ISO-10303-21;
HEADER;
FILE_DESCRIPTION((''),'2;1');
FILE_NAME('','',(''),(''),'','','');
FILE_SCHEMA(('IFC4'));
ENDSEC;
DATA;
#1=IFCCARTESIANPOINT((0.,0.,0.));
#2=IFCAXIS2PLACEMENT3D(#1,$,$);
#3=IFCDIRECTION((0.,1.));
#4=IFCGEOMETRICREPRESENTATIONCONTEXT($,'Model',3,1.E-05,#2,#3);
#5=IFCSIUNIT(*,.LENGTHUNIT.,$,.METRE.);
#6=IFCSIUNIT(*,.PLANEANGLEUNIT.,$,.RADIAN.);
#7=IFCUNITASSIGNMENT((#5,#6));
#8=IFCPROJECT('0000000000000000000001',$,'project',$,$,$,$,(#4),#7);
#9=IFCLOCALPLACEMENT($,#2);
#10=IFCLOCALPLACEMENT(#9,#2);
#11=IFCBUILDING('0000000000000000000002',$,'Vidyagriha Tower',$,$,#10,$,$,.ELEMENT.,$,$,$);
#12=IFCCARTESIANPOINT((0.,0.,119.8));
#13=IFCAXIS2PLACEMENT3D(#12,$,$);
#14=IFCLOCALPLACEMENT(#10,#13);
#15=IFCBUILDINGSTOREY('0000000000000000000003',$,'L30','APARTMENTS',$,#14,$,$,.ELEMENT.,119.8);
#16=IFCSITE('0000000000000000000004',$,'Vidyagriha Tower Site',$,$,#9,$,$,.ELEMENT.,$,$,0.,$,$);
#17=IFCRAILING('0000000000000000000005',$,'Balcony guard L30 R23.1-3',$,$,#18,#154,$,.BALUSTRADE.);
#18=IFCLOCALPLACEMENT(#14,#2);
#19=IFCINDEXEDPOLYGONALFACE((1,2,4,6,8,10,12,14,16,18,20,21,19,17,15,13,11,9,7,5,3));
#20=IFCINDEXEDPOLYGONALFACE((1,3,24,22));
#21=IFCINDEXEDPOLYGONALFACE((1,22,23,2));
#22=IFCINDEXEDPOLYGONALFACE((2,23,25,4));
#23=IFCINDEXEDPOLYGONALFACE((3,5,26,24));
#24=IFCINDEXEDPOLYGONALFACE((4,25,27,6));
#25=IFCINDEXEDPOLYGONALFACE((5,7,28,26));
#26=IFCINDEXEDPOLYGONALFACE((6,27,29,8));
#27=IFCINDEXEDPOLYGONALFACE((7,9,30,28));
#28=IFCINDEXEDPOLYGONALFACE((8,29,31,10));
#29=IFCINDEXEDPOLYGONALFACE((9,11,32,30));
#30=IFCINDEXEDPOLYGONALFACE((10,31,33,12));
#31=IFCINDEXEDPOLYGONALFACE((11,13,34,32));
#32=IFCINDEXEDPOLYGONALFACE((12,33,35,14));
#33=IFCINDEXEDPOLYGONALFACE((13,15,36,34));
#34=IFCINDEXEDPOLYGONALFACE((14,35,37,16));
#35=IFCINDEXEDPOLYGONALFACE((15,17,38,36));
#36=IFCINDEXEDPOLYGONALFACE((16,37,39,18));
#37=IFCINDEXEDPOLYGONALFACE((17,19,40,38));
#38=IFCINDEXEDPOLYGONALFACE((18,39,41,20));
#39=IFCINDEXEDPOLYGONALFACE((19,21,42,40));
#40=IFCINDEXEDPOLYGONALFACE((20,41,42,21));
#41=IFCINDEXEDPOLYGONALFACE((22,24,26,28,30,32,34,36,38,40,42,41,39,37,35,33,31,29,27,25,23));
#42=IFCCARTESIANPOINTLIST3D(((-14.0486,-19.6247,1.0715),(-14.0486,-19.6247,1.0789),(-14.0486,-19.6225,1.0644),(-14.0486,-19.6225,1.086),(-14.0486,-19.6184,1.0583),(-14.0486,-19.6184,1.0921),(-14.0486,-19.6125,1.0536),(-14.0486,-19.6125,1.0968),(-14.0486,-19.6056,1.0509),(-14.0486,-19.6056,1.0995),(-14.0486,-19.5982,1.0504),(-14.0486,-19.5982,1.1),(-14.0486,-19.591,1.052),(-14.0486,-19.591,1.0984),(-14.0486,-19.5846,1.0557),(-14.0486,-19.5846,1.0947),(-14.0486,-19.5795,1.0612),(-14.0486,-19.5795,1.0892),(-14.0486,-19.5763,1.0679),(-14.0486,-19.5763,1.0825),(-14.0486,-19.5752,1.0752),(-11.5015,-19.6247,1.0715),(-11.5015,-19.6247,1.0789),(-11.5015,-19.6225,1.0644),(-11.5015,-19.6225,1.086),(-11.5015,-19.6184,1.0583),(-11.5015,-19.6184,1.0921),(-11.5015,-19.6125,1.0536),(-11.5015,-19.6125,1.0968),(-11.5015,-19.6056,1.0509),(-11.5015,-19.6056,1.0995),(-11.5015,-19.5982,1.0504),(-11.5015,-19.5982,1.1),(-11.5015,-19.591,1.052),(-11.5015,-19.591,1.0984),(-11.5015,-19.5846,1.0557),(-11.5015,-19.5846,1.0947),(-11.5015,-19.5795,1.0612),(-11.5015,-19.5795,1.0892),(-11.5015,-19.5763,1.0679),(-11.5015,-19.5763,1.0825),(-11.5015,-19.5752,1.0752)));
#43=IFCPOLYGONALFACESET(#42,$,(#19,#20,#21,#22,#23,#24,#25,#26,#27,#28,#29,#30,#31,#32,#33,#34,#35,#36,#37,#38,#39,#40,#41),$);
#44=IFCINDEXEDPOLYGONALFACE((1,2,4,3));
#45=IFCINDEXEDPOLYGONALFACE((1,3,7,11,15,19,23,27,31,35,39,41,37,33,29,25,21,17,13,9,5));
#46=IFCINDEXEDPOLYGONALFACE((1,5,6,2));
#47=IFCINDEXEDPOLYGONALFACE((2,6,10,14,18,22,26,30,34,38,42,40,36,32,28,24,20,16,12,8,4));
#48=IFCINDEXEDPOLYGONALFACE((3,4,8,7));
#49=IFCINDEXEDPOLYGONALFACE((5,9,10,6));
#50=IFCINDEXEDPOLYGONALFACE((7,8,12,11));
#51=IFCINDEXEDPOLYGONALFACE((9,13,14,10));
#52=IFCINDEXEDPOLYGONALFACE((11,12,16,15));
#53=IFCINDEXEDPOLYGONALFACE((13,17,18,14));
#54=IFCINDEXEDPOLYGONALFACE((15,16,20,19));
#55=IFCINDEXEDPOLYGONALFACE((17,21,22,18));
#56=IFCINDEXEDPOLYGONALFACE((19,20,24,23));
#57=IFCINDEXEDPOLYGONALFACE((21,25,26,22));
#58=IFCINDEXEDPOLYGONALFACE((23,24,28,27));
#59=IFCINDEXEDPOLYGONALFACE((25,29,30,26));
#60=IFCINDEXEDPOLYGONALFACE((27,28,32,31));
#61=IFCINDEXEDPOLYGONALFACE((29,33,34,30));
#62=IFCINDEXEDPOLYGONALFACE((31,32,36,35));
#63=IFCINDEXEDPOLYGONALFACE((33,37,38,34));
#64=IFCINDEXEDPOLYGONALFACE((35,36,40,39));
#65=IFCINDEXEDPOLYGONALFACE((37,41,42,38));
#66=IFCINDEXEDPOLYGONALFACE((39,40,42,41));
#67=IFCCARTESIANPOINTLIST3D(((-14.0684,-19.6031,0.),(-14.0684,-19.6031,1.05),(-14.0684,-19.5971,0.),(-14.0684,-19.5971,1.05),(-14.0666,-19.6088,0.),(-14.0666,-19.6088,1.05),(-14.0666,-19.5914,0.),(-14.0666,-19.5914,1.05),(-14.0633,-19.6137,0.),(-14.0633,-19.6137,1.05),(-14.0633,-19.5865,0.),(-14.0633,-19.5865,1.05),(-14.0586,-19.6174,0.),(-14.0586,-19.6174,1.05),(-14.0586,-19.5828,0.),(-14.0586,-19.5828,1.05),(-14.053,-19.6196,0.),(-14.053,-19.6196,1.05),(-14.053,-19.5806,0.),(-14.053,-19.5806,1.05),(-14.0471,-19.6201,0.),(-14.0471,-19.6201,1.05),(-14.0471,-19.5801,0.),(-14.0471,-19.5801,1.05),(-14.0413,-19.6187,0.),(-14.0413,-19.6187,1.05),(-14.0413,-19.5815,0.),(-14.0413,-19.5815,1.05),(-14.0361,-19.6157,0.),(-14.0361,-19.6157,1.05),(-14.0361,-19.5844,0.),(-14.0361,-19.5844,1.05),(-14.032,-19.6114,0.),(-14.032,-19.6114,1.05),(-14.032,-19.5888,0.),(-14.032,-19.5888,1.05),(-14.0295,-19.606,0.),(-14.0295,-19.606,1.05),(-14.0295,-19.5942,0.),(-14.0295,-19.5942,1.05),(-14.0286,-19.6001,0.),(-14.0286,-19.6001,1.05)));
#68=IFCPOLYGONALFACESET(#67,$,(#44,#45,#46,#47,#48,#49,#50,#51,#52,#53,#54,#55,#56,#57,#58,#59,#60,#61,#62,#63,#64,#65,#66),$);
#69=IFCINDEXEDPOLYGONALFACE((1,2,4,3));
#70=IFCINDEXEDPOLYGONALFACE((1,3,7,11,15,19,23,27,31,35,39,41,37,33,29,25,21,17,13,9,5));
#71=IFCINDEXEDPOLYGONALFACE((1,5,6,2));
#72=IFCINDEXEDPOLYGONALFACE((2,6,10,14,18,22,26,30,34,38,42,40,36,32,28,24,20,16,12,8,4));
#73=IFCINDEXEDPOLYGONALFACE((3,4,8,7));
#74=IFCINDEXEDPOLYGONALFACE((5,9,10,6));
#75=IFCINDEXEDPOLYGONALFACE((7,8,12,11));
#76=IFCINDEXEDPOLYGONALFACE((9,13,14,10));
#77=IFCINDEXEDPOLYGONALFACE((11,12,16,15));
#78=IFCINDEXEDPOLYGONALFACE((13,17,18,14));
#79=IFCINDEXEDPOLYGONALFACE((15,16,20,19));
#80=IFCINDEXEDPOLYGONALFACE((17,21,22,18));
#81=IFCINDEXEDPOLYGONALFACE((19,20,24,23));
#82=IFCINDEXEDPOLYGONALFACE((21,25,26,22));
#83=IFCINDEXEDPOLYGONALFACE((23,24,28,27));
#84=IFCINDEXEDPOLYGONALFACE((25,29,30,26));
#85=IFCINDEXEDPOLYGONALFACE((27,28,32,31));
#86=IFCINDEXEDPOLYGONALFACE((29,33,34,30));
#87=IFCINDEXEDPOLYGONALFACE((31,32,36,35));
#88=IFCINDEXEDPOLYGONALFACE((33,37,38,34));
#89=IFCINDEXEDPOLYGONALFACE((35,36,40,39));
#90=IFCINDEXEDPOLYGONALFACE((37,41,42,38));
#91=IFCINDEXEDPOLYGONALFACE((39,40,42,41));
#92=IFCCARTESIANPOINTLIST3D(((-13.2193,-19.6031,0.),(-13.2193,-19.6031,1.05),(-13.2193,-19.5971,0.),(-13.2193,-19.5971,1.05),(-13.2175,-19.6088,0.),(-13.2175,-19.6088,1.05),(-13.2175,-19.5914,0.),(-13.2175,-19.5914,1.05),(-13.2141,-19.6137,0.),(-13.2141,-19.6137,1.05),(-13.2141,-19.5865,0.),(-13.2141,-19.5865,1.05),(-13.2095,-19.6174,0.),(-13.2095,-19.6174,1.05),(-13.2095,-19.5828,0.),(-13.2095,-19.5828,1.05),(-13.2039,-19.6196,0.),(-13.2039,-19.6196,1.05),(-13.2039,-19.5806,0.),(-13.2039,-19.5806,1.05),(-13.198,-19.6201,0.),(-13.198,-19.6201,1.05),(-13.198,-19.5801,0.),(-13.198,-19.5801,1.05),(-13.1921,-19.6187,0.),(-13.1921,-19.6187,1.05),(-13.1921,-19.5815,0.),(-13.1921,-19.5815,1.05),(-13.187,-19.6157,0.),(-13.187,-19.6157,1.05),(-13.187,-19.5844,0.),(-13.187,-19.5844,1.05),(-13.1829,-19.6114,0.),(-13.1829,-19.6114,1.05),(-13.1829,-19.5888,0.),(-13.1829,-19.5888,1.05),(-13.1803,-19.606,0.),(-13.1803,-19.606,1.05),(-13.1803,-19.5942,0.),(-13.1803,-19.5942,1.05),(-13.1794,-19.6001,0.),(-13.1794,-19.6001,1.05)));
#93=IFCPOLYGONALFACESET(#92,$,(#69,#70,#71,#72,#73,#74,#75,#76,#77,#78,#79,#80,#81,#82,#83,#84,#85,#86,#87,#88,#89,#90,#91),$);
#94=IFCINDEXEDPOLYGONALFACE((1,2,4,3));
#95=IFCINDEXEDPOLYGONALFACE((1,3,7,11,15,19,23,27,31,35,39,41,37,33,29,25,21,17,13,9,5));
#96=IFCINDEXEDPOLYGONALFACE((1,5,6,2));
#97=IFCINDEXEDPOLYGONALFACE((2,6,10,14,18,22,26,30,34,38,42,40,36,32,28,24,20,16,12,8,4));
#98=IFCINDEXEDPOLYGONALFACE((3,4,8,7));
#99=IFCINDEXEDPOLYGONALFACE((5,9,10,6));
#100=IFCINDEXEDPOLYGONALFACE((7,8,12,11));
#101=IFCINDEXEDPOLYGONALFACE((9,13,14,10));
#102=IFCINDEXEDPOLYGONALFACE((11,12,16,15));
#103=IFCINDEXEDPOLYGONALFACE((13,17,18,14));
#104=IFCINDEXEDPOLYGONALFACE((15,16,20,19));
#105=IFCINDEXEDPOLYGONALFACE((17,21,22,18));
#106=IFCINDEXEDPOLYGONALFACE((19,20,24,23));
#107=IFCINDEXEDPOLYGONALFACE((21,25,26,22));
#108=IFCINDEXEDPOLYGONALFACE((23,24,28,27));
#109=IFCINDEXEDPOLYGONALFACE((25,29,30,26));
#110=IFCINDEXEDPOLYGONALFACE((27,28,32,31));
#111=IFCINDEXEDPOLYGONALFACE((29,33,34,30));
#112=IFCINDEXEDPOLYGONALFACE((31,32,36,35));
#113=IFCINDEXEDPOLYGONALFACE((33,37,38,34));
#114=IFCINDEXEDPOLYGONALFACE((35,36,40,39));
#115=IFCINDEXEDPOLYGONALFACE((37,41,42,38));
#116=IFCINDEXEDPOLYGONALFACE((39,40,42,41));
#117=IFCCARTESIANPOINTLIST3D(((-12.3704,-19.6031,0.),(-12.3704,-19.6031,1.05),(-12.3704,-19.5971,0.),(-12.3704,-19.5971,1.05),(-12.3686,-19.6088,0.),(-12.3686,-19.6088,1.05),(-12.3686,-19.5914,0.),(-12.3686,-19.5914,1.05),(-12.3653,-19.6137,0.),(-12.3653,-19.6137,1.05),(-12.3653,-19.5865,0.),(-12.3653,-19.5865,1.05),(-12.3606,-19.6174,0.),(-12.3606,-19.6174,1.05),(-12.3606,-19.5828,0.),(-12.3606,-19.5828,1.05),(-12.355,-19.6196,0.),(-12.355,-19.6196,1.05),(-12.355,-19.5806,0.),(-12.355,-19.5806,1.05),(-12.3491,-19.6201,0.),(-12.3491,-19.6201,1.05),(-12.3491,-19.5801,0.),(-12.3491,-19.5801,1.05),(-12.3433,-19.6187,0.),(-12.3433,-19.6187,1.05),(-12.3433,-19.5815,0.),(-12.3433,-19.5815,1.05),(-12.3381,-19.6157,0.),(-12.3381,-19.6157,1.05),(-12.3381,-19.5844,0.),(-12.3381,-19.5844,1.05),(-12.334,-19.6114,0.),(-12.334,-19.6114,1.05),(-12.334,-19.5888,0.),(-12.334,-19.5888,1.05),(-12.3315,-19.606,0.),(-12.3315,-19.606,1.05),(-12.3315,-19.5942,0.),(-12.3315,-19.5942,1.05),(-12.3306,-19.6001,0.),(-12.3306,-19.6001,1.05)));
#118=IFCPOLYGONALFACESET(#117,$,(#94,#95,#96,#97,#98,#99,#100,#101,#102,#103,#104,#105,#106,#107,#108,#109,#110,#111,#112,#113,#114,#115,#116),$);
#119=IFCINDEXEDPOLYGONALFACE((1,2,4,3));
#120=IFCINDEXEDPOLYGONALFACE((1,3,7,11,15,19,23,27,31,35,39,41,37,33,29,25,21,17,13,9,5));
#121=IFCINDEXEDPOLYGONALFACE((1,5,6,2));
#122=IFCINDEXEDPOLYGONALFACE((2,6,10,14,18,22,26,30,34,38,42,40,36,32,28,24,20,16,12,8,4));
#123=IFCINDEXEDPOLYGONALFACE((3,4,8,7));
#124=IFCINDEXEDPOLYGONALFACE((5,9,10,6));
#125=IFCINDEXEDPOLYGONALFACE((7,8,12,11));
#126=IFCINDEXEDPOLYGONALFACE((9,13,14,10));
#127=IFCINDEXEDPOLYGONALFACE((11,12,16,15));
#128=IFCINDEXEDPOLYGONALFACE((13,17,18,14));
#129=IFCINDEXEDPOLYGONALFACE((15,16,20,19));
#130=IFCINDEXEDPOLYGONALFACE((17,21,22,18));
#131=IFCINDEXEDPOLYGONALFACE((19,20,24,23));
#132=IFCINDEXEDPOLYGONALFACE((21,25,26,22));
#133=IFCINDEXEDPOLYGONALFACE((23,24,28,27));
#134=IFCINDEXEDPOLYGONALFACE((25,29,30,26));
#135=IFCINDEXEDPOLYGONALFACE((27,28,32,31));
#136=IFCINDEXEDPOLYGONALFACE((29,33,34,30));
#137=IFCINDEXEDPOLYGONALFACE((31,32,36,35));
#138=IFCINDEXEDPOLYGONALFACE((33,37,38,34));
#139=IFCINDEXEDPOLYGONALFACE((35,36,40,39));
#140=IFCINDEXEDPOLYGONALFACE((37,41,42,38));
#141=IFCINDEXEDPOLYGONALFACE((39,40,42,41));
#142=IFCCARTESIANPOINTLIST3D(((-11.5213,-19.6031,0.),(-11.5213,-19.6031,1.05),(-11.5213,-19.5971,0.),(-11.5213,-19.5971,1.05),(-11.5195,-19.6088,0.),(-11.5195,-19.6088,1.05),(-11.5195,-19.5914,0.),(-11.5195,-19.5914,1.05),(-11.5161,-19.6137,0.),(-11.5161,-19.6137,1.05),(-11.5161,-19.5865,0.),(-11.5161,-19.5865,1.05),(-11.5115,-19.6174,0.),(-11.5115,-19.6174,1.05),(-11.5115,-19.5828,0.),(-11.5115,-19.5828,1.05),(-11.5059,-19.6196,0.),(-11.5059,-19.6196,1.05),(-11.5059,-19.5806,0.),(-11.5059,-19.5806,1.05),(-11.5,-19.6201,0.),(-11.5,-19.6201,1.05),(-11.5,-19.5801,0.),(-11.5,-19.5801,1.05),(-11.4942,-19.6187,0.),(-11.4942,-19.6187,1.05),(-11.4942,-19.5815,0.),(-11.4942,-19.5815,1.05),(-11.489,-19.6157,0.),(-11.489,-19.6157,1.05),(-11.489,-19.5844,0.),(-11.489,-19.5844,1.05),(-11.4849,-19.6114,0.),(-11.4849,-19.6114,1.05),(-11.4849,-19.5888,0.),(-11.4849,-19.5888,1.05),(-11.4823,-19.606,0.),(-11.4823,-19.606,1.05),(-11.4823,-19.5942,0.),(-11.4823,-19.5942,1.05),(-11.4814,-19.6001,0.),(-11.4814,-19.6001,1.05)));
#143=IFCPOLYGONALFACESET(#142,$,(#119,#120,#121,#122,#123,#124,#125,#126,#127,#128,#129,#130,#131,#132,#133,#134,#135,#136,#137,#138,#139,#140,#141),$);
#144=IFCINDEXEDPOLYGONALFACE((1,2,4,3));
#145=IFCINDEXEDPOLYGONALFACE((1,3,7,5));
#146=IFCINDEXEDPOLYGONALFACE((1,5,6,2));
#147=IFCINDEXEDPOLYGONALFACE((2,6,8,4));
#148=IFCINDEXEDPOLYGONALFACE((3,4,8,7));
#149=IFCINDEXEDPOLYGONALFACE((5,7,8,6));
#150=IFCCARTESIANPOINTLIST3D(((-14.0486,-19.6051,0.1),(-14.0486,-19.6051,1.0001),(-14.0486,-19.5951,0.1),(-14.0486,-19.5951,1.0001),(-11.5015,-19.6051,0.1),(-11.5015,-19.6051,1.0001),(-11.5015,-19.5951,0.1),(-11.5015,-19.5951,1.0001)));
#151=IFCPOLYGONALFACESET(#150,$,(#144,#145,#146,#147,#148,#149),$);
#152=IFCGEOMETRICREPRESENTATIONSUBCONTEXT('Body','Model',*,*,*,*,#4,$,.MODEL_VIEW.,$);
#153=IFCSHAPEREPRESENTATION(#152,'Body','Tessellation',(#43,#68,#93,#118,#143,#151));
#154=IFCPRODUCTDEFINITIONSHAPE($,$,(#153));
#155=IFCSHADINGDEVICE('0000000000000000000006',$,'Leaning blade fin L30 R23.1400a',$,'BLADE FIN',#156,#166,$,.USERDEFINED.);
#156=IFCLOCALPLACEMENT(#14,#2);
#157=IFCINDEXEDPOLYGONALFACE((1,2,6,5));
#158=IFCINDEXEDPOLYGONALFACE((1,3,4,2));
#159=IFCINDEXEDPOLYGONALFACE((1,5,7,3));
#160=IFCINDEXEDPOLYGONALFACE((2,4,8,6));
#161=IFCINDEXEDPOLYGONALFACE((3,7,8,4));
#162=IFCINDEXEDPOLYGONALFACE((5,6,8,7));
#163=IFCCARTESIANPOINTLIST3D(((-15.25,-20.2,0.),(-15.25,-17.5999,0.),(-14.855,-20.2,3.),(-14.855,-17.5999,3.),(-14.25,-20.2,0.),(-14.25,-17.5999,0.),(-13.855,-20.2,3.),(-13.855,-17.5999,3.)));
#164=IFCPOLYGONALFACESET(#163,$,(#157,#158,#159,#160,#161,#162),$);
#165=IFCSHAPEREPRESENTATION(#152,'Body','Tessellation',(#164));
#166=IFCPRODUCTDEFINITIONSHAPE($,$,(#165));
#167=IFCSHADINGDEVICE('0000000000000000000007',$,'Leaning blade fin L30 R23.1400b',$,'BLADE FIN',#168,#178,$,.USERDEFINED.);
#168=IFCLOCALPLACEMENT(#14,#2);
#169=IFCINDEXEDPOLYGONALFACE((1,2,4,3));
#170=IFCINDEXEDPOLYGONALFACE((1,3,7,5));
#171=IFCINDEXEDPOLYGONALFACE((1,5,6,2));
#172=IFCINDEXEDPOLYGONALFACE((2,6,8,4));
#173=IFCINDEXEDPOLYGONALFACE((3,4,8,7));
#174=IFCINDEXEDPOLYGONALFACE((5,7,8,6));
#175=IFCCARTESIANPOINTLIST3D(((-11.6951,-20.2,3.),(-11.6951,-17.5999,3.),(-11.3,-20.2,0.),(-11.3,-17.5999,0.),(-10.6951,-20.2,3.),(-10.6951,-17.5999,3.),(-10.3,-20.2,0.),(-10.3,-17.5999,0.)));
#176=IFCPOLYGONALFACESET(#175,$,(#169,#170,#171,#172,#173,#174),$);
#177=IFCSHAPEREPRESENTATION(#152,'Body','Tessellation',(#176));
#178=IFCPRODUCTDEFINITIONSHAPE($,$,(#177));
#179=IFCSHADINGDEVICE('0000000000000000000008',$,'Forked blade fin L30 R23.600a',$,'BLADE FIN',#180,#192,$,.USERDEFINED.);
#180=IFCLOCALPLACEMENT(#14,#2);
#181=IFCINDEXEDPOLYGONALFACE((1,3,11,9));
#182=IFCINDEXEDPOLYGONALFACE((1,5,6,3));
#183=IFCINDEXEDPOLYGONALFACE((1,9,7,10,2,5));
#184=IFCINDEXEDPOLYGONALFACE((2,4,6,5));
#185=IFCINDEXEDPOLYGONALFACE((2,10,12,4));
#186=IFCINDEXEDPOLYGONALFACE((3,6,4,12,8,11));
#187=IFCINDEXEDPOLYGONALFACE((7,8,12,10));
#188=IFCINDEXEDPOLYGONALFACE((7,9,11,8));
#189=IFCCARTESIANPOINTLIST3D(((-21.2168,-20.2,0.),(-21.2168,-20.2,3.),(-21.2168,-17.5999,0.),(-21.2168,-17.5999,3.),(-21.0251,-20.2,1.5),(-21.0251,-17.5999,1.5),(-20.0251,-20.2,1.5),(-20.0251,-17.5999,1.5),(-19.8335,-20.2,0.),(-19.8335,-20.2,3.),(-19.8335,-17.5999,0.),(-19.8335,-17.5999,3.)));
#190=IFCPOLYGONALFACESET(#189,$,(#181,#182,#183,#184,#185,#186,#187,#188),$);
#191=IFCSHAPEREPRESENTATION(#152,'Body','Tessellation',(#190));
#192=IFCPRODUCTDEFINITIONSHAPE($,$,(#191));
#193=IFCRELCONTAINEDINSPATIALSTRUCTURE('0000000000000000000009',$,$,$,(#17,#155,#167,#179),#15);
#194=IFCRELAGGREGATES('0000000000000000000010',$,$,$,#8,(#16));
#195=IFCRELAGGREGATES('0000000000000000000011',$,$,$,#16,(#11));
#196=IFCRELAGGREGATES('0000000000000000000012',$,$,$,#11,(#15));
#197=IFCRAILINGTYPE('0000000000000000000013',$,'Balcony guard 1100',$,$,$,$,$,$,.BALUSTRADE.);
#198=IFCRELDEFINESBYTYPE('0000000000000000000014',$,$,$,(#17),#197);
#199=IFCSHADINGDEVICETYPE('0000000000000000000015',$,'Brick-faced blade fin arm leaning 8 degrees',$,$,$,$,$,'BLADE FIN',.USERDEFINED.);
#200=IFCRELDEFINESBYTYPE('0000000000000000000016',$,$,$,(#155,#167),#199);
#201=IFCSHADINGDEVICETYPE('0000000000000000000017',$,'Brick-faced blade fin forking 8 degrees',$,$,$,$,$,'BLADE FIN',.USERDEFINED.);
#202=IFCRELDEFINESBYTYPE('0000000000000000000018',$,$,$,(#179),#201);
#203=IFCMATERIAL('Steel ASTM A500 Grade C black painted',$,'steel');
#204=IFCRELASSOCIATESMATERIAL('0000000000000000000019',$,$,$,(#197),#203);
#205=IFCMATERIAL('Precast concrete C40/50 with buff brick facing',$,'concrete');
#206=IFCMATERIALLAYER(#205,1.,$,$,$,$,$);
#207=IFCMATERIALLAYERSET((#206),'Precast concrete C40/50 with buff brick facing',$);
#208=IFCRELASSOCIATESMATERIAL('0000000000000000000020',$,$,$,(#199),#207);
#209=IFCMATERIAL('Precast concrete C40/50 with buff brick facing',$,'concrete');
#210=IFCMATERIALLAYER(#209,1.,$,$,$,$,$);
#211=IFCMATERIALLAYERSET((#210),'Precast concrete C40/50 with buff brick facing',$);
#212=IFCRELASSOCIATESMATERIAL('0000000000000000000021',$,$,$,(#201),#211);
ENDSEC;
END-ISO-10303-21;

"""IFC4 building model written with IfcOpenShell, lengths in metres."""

from ifc_helpers import new_model, si_unit, direction, frame, origin, origin_2d, place, context, subcontext, project, spatial, polyline, rectangle, circle, outline, extrude, material, layer, layer_set, type_object, element, save


model = new_model("IFC4")

# Units and contexts
model_context = context("Model", 3, precision=1e-05, world=origin(), true_north=direction((0.0, 1.0)))
body_context = subcontext(model_context, "Body", "Model", "MODEL_VIEW")
ifc_project = project(units=[si_unit("LENGTHUNIT", "METRE"), si_unit("PLANEANGLEUNIT", "RADIAN")], contexts=[model_context])

# Site, building, storey
site_placement = place(None, origin())
site = spatial("IfcSite", under=ifc_project, at=site_placement, Name="Vidyagriha Tower Site", CompositionType="ELEMENT", RefElevation=0.0)
building_placement = place(site_placement, origin())
building = spatial("IfcBuilding", under=site, at=building_placement, Name="Vidyagriha Tower", CompositionType="ELEMENT")
storey_placement = place(building_placement, frame((0.0, 0.0, 119.8)))
storey = spatial("IfcBuildingStorey", under=building, at=storey_placement, Name="L30", Description="APARTMENTS", CompositionType="ELEMENT", Elevation=119.8)

# Railing
ifc_material_1 = material(Name="Steel ASTM A500 Grade C black painted", Category="steel")
railing_type = type_object("IfcRailingType", Name="Balcony guard 1100", PredefinedType="BALUSTRADE", material=ifc_material_1)
railing_1_placement = place(storey_placement, frame((-14.0486, -19.6001, 0.0)))
element("IfcRailing", 1, at=railing_1_placement, inside=storey, type_object=railing_type, Name="Balcony guard L30 R23.1-3", PredefinedType="BALUSTRADE", context=body_context, shape_type="SweptSolid", body=[
    extrude(circle(Radius=0.0249, at=origin_2d()), frame((0.0, 0.0, 1.0752), z_axis=(1.0, 0.0, 0.0), x_axis=(0.0, 1.0, 0.0)), (0.0, 0.0, 1.0), 2.5471),
    extrude(circle(Radius=0.02, at=origin_2d()), origin(), (0.0, 0.0, 1.0), 1.05),
    extrude(circle(Radius=0.02, at=origin_2d()), frame((0.8491, 0.0, 0.0)), (0.0, 0.0, 1.0), 1.05),
    extrude(circle(Radius=0.02, at=origin_2d()), frame((1.698, 0.0, 0.0)), (0.0, 0.0, 1.0), 1.05),
    extrude(circle(Radius=0.02, at=origin_2d()), frame((2.5471, 0.0, 0.0)), (0.0, 0.0, 1.0), 1.05),
    extrude(rectangle(XDim=0.01, YDim=0.9001, at=origin_2d()), frame((0.0, 0.0, 0.55), z_axis=(1.0, 0.0, 0.0), x_axis=(0.0, 1.0, 0.0)), (0.0, 0.0, 1.0), 2.5471),
])

# Shading devices
ifc_material_2 = material(Name="Precast concrete C40/50 with buff brick facing", Category="concrete")
ifc_layer_1 = layer(ifc_material_2, 1.0)
ifc_layer_set_1 = layer_set([ifc_layer_1], Name="Precast concrete C40/50 with buff brick facing")
shading_device_type_1 = type_object("IfcShadingDeviceType", Name="Brick-faced blade fin arm leaning 8 degrees", ElementType="BLADE FIN", PredefinedType="USERDEFINED", material=ifc_layer_set_1)
shading_device_1_placement = place(storey_placement, frame((-15.25, -18.8999, 0.0)))
element("IfcShadingDevice", 2, at=shading_device_1_placement, inside=storey, type_object=shading_device_type_1, Name="Leaning blade fin L30 R23.1400a", ObjectType="BLADE FIN", PredefinedType="USERDEFINED", context=body_context, shape_type="SweptSolid", body=[
    extrude(outline(polyline([(0.0, 0.0), (1.0, 0.0), (1.395, 3.0), (0.395, 3.0), (0.0, 0.0)])), frame((0.0, 1.3, 0.0), z_axis=(0.0, -1.0, 0.0), x_axis=(1.0, 0.0, 0.0)), (0.0, 0.0, 1.0), 2.6001),
])
shading_device_2_placement = place(storey_placement, frame((-11.6951, -18.8999, 0.0)))
element("IfcShadingDevice", 3, at=shading_device_2_placement, inside=storey, type_object=shading_device_type_1, Name="Leaning blade fin L30 R23.1400b", ObjectType="BLADE FIN", PredefinedType="USERDEFINED", context=body_context, shape_type="SweptSolid", body=[
    extrude(outline(polyline([(0.395, 0.0), (1.395, 0.0), (1.0, 3.0), (0.0, 3.0), (0.395, 0.0)])), frame((0.0, 1.3, 0.0), z_axis=(0.0, -1.0, 0.0), x_axis=(1.0, 0.0, 0.0)), (0.0, 0.0, 1.0), 2.6001),
])
ifc_material_3 = material(Name="Precast concrete C40/50 with buff brick facing", Category="concrete")
ifc_layer_2 = layer(ifc_material_3, 1.0)
ifc_layer_set_2 = layer_set([ifc_layer_2], Name="Precast concrete C40/50 with buff brick facing")
shading_device_type_2 = type_object("IfcShadingDeviceType", Name="Brick-faced blade fin forking 8 degrees", ElementType="BLADE FIN", PredefinedType="USERDEFINED", material=ifc_layer_set_2)
shading_device_3_placement = place(storey_placement, frame((-21.2168, -18.8999, 0.0)))
element("IfcShadingDevice", 4, at=shading_device_3_placement, inside=storey, type_object=shading_device_type_2, Name="Forked blade fin L30 R23.600a", ObjectType="BLADE FIN", PredefinedType="USERDEFINED", context=body_context, shape_type="SweptSolid", body=[
    extrude(outline(polyline([(0.0, 0.0), (1.3833, 0.0), (1.1917, 1.5), (1.3833, 3.0), (0.0, 3.0), (0.1917, 1.5), (0.0, 0.0)])), frame((0.0, 1.3, 0.0), z_axis=(0.0, -1.0, 0.0), x_axis=(1.0, 0.0, 0.0)), (0.0, 0.0, 1.0), 2.6001),
])

save(model, "model.ifc")
